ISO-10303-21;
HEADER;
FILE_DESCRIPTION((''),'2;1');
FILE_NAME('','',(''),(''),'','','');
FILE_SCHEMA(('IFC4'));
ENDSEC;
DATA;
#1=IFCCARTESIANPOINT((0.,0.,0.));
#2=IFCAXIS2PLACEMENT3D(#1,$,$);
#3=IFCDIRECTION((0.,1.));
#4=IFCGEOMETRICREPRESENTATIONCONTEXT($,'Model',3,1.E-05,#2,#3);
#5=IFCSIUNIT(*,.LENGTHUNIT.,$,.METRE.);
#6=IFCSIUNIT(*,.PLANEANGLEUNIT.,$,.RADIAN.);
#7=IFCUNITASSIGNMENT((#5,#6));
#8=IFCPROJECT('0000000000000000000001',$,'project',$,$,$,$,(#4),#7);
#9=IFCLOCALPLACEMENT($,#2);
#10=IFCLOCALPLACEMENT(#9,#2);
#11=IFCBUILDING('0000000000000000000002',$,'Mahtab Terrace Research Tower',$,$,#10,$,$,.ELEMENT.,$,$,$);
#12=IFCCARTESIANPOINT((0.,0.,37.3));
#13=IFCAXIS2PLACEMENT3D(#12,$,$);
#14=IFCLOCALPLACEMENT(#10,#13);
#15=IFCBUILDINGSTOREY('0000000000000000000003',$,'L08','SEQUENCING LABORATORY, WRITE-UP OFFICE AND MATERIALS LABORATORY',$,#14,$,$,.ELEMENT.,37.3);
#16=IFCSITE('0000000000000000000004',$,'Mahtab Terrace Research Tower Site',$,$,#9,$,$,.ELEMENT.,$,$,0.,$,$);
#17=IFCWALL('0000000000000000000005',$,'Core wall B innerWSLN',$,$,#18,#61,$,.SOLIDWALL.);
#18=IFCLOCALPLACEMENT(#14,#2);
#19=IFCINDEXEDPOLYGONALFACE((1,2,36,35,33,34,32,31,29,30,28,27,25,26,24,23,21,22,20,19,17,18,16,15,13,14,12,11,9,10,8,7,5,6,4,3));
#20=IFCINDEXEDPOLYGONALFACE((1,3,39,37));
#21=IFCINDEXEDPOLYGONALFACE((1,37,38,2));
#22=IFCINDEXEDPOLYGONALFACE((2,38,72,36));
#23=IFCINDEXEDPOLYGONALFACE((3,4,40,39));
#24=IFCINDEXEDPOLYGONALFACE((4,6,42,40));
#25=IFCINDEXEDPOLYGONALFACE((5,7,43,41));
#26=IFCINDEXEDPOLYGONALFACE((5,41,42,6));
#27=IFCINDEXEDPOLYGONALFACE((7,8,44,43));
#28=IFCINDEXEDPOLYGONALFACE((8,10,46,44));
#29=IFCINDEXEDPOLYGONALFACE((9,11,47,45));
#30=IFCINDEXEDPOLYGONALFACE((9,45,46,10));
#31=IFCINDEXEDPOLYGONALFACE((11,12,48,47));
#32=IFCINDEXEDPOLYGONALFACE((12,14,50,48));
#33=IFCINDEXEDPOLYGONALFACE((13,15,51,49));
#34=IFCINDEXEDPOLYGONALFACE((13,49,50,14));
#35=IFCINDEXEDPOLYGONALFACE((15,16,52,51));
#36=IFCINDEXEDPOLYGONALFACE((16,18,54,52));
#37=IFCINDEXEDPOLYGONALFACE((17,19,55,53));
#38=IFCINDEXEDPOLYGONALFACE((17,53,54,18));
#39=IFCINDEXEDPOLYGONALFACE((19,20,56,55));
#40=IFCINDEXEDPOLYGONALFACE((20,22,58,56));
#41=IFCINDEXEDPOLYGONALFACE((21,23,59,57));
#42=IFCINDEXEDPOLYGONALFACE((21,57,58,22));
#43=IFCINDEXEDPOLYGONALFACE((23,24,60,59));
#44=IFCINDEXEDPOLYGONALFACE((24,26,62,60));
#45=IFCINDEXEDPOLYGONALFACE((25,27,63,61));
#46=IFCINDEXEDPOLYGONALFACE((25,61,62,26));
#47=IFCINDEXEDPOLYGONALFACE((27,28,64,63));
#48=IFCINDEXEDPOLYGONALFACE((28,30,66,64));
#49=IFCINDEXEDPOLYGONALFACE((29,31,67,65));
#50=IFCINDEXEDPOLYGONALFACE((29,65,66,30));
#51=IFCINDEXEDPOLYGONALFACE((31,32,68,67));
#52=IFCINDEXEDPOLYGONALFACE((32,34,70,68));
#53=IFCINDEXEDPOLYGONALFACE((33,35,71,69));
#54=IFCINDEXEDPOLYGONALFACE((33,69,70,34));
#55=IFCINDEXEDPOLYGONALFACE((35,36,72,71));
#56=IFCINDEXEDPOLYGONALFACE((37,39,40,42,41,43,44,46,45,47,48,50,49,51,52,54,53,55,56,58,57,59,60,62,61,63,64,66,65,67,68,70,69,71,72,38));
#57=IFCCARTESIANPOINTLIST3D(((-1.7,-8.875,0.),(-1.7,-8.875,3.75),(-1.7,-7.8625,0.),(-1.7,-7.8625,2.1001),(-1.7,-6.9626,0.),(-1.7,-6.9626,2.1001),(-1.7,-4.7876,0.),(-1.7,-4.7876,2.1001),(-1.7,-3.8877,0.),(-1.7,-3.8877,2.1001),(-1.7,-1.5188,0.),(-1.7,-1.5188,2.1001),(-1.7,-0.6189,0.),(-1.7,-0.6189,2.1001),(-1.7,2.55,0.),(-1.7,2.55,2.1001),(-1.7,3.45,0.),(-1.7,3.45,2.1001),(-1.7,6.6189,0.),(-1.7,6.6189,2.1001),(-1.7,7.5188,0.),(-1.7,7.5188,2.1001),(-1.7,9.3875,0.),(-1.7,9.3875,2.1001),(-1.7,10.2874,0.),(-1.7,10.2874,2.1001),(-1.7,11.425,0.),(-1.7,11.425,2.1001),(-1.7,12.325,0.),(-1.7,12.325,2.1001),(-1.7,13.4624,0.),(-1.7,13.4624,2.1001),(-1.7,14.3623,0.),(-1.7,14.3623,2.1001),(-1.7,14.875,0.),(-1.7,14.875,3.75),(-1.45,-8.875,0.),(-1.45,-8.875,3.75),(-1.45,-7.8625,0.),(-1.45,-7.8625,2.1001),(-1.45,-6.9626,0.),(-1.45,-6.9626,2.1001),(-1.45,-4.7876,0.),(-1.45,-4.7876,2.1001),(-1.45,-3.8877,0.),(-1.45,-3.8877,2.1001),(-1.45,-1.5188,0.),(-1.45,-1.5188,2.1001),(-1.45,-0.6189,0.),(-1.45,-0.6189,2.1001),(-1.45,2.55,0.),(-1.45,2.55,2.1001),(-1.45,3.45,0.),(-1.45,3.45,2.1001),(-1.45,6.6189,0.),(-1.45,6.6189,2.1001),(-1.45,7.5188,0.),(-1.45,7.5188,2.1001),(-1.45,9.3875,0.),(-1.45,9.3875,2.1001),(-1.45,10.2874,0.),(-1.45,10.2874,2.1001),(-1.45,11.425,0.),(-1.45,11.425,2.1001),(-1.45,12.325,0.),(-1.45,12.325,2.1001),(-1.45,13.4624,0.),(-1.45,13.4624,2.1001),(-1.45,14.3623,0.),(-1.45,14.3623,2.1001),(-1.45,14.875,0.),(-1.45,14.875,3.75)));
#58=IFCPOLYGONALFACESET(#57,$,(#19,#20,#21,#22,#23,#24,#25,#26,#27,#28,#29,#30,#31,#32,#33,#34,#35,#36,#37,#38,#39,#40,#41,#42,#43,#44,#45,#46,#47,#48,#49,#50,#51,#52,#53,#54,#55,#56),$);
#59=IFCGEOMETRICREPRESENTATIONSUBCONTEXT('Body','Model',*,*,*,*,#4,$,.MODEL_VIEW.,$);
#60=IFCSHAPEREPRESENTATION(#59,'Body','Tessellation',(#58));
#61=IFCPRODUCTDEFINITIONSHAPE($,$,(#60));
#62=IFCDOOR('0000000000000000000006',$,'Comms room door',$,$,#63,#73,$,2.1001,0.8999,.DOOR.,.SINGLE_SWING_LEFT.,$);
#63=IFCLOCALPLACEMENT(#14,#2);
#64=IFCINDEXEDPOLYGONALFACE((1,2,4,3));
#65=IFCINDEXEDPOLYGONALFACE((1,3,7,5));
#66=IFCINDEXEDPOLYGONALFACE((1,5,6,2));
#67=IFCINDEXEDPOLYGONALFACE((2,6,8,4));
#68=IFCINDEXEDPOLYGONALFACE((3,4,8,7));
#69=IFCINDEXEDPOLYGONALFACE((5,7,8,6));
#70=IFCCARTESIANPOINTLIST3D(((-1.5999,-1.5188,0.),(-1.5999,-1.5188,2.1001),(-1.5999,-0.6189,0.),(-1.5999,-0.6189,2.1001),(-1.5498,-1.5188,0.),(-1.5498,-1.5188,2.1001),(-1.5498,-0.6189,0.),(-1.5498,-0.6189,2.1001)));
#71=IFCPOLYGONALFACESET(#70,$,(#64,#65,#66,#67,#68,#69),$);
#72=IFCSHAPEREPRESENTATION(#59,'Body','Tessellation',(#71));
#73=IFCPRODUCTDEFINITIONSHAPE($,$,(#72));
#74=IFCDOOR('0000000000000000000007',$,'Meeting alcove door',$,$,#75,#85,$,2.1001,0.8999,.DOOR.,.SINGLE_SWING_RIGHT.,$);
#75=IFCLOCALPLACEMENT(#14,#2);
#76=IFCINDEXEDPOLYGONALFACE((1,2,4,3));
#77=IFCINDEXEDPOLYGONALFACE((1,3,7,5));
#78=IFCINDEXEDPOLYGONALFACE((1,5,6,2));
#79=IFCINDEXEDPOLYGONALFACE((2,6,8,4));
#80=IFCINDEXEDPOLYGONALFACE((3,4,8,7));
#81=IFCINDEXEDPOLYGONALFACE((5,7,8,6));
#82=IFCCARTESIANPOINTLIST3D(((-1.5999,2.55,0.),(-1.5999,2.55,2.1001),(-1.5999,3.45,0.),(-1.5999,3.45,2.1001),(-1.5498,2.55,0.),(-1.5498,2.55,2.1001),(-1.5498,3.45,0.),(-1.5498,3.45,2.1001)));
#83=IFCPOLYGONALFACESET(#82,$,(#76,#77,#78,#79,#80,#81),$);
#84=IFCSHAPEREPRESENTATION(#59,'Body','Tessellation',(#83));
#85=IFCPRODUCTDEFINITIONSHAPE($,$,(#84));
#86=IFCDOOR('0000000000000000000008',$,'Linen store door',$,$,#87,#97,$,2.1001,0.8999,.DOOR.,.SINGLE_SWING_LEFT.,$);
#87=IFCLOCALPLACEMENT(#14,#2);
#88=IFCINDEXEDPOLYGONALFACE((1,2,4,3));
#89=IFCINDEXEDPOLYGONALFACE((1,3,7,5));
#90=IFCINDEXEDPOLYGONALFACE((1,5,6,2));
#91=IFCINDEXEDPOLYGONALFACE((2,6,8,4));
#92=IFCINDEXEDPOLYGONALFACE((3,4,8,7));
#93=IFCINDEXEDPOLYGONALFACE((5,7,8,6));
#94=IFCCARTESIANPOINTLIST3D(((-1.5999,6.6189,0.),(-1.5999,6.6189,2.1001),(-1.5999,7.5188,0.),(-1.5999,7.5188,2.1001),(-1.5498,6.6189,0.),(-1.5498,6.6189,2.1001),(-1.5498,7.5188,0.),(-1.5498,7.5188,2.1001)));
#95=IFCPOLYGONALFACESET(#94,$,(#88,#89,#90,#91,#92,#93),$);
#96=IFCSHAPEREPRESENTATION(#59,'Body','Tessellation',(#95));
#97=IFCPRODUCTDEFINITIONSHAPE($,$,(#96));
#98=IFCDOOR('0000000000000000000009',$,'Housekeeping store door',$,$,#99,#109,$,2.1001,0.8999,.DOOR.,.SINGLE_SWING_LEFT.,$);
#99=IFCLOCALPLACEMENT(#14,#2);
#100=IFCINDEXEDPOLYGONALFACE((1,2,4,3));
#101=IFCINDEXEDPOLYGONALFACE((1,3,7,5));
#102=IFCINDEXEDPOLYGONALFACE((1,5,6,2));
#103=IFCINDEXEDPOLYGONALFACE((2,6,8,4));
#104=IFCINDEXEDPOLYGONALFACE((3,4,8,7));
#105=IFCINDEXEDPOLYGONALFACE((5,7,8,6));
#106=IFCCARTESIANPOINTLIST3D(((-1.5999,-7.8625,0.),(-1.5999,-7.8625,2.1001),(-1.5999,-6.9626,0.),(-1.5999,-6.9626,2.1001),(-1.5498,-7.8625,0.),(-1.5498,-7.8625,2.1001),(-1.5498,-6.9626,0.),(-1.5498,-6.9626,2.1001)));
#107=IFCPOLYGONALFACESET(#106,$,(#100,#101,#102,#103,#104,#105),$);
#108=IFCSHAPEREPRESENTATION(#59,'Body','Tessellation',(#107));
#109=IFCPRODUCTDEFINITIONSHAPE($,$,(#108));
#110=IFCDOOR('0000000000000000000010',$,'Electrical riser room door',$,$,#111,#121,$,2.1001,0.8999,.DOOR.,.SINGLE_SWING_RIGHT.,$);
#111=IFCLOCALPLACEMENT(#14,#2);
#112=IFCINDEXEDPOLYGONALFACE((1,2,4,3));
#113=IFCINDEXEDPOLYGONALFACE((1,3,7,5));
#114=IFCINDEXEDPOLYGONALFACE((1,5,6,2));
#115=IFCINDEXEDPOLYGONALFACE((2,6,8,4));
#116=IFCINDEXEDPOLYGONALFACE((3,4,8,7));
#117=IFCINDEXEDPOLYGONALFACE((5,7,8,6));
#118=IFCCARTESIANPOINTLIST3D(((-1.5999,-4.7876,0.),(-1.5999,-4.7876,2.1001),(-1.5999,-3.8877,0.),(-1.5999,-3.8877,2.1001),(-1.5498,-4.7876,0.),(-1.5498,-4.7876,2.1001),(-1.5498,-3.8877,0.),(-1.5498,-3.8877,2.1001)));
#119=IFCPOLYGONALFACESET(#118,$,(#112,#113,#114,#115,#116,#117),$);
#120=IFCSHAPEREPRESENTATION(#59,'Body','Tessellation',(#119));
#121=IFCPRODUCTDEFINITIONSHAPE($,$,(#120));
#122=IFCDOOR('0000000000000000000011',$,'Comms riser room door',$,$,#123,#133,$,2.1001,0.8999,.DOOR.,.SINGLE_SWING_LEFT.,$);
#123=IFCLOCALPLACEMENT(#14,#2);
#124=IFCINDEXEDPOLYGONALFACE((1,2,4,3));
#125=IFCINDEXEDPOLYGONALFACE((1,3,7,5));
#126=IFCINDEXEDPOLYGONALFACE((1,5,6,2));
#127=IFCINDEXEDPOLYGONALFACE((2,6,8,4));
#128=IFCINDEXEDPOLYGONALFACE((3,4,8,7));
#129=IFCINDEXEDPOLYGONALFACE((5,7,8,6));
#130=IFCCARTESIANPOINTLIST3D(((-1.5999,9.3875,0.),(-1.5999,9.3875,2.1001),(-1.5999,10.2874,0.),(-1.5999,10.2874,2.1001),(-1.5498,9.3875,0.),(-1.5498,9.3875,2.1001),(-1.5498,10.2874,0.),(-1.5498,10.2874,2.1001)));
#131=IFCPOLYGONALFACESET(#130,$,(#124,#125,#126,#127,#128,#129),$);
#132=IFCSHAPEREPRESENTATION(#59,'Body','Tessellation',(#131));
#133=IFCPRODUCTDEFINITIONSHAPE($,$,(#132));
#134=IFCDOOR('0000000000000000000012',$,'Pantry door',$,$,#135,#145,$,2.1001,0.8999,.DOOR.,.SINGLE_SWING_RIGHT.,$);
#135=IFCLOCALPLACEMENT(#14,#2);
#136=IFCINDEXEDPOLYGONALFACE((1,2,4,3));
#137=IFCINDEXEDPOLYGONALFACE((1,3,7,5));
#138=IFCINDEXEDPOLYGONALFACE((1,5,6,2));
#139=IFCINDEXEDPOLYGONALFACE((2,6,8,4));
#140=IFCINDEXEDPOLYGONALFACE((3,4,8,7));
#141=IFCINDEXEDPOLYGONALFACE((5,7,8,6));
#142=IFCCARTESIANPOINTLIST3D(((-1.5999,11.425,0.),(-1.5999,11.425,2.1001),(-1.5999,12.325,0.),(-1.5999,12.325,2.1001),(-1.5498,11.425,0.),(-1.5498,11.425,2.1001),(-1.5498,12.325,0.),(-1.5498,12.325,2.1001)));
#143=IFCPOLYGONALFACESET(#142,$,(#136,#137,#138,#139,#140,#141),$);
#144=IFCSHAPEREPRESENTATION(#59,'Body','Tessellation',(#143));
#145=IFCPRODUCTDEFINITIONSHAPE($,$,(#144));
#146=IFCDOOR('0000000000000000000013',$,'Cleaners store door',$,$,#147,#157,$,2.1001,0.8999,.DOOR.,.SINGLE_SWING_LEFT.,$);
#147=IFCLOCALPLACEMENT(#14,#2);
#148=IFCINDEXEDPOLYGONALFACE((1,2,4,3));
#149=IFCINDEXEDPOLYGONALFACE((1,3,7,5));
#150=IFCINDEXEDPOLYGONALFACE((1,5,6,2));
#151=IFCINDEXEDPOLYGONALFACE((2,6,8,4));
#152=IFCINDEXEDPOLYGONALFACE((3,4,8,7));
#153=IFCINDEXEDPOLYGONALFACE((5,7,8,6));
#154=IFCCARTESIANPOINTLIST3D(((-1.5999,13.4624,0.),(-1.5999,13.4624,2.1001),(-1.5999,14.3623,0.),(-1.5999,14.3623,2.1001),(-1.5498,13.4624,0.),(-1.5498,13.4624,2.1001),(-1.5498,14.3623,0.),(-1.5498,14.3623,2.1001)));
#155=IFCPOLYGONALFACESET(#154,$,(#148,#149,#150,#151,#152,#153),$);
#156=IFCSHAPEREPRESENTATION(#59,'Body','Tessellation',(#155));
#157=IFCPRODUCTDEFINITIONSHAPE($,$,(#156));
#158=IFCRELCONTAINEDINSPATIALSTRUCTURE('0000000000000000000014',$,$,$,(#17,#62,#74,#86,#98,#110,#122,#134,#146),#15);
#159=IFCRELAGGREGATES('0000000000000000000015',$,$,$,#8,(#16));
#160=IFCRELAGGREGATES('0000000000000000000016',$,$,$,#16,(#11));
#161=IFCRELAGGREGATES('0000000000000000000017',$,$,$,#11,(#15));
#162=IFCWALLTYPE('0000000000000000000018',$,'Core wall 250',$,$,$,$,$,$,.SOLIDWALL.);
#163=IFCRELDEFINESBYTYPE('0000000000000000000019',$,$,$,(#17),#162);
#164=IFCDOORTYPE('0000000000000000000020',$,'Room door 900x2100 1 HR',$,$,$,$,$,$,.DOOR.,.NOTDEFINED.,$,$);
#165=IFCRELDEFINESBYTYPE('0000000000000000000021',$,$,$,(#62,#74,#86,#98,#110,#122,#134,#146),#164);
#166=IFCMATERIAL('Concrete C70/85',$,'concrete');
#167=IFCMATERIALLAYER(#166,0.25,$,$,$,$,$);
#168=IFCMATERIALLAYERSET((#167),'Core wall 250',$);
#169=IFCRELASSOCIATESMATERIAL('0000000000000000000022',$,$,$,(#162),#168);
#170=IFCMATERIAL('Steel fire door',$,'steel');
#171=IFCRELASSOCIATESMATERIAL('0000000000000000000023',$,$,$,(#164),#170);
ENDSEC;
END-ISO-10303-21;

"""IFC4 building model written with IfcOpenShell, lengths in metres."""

from ifc_helpers import new_model, si_unit, direction, frame, frame_2d, origin, place, context, subcontext, project, spatial, rectangle, extrude, material, layer, layer_set, type_object, element, fill, save


model = new_model("IFC4")

# Units and contexts
model_context = context("Model", 3, precision=1e-05, world=origin(), true_north=direction((0.0, 1.0)))
body_context = subcontext(model_context, "Body", "Model", "MODEL_VIEW")
ifc_project = project(units=[si_unit("LENGTHUNIT", "METRE"), si_unit("PLANEANGLEUNIT", "RADIAN")], contexts=[model_context])

# Site, building, storey
site_placement = place(None, origin())
site = spatial("IfcSite", under=ifc_project, at=site_placement, Name="Mahtab Terrace Research Tower Site", CompositionType="ELEMENT", RefElevation=0.0)
building_placement = place(site_placement, origin())
building = spatial("IfcBuilding", under=site, at=building_placement, Name="Mahtab Terrace Research Tower", CompositionType="ELEMENT")
storey_placement = place(building_placement, frame((0.0, 0.0, 37.3)))
storey = spatial("IfcBuildingStorey", under=building, at=storey_placement, Name="L08", Description="SEQUENCING LABORATORY, WRITE-UP OFFICE AND MATERIALS LABORATORY", CompositionType="ELEMENT", Elevation=37.3)

# Shared definitions
ifc_material_1 = material(Name="Concrete C70/85", Category="concrete")

# Wall, openings, doors
ifc_layer_1 = layer(ifc_material_1, 0.25)
ifc_layer_set_1 = layer_set([ifc_layer_1], Name="Core wall 250")
wall_type_1 = type_object("IfcWallType", Name="Core wall 250", PredefinedType="SOLIDWALL", material=ifc_layer_set_1)
wall_1_placement = place(storey_placement, frame((-1.575, -8.875, 0.0), z_axis=(0.0, 0.0, 1.0), x_axis=(0.0, 1.0, 0.0)))
wall_1 = element("IfcWall", 1, at=wall_1_placement, inside=storey, type_object=wall_type_1, Name="Core wall B innerWSLN", PredefinedType="SOLIDWALL", context=body_context, shape_type="SweptSolid", body=[
    extrude(rectangle(XDim=23.75, YDim=0.25, at=frame_2d((11.875, 0.0))), origin(), (0.0, 0.0, 1.0), 3.75),
])
opening_1_placement = place(wall_1_placement, frame((7.3562, 0.0, 0.0)))
opening_1 = element("IfcOpeningElement", 2, at=opening_1_placement, cuts=wall_1, PredefinedType="OPENING", context=body_context, shape_type="SweptSolid", body=[
    extrude(rectangle(XDim=0.8999, YDim=2.1001, at=frame_2d((0.45, 1.05))), frame((0.0, 0.135, 0.0), z_axis=(0.0, -1.0, 0.0), x_axis=(1.0, 0.0, 0.0)), (0.0, 0.0, 1.0), 0.27),
])
opening_2_placement = place(wall_1_placement, frame((11.425, 0.0, 0.0)))
opening_2 = element("IfcOpeningElement", 3, at=opening_2_placement, cuts=wall_1, PredefinedType="OPENING", context=body_context, shape_type="SweptSolid", body=[
    extrude(rectangle(XDim=0.8999, YDim=2.1001, at=frame_2d((0.45, 1.05))), frame((0.0, 0.135, 0.0), z_axis=(0.0, -1.0, 0.0), x_axis=(1.0, 0.0, 0.0)), (0.0, 0.0, 1.0), 0.27),
])
opening_3_placement = place(wall_1_placement, frame((15.4939, 0.0, 0.0)))
opening_3 = element("IfcOpeningElement", 4, at=opening_3_placement, cuts=wall_1, PredefinedType="OPENING", context=body_context, shape_type="SweptSolid", body=[
    extrude(rectangle(XDim=0.8999, YDim=2.1001, at=frame_2d((0.45, 1.05))), frame((0.0, 0.135, 0.0), z_axis=(0.0, -1.0, 0.0), x_axis=(1.0, 0.0, 0.0)), (0.0, 0.0, 1.0), 0.27),
])
opening_4_placement = place(wall_1_placement, frame((1.0125, 0.0, 0.0)))
opening_4 = element("IfcOpeningElement", 5, at=opening_4_placement, cuts=wall_1, PredefinedType="OPENING", context=body_context, shape_type="SweptSolid", body=[
    extrude(rectangle(XDim=0.8999, YDim=2.1001, at=frame_2d((0.45, 1.05))), frame((0.0, 0.135, 0.0), z_axis=(0.0, -1.0, 0.0), x_axis=(1.0, 0.0, 0.0)), (0.0, 0.0, 1.0), 0.27),
])
opening_5_placement = place(wall_1_placement, frame((4.0874, 0.0, 0.0)))
opening_5 = element("IfcOpeningElement", 6, at=opening_5_placement, cuts=wall_1, PredefinedType="OPENING", context=body_context, shape_type="SweptSolid", body=[
    extrude(rectangle(XDim=0.8999, YDim=2.1001, at=frame_2d((0.45, 1.05))), frame((0.0, 0.135, 0.0), z_axis=(0.0, -1.0, 0.0), x_axis=(1.0, 0.0, 0.0)), (0.0, 0.0, 1.0), 0.27),
])
opening_6_placement = place(wall_1_placement, frame((18.2625, 0.0, 0.0)))
opening_6 = element("IfcOpeningElement", 7, at=opening_6_placement, cuts=wall_1, PredefinedType="OPENING", context=body_context, shape_type="SweptSolid", body=[
    extrude(rectangle(XDim=0.8999, YDim=2.1001, at=frame_2d((0.45, 1.05))), frame((0.0, 0.135, 0.0), z_axis=(0.0, -1.0, 0.0), x_axis=(1.0, 0.0, 0.0)), (0.0, 0.0, 1.0), 0.27),
])
opening_7_placement = place(wall_1_placement, frame((20.3, 0.0, 0.0)))
opening_7 = element("IfcOpeningElement", 8, at=opening_7_placement, cuts=wall_1, PredefinedType="OPENING", context=body_context, shape_type="SweptSolid", body=[
    extrude(rectangle(XDim=0.8999, YDim=2.1001, at=frame_2d((0.45, 1.05))), frame((0.0, 0.135, 0.0), z_axis=(0.0, -1.0, 0.0), x_axis=(1.0, 0.0, 0.0)), (0.0, 0.0, 1.0), 0.27),
])
opening_8_placement = place(wall_1_placement, frame((22.3374, 0.0, 0.0)))
opening_8 = element("IfcOpeningElement", 9, at=opening_8_placement, cuts=wall_1, PredefinedType="OPENING", context=body_context, shape_type="SweptSolid", body=[
    extrude(rectangle(XDim=0.8999, YDim=2.1001, at=frame_2d((0.45, 1.05))), frame((0.0, 0.135, 0.0), z_axis=(0.0, -1.0, 0.0), x_axis=(1.0, 0.0, 0.0)), (0.0, 0.0, 1.0), 0.27),
])
ifc_material_2 = material(Name="Steel fire door", Category="steel")
door_type_1 = type_object("IfcDoorType", Name="Room door 900x2100 1 HR", OperationType="NOTDEFINED", PredefinedType="DOOR", material=ifc_material_2)
door_1_placement = place(opening_1_placement, origin())
door_1 = element("IfcDoor", 10, at=door_1_placement, inside=storey, type_object=door_type_1, Name="Comms room door", OperationType="SINGLE_SWING_LEFT", OverallHeight=2.1001, OverallWidth=0.8999, PredefinedType="DOOR", context=body_context, shape_type="SweptSolid", body=[
    extrude(rectangle(XDim=0.8999, YDim=2.1001, at=frame_2d((0.45, 1.05))), frame((0.0, 0.0249, 0.0), z_axis=(0.0, -1.0, 0.0), x_axis=(1.0, 0.0, 0.0)), (0.0, 0.0, 1.0), 0.05),
])
fill(opening_1, door_1)
door_2_placement = place(opening_2_placement, origin())
door_2 = element("IfcDoor", 11, at=door_2_placement, inside=storey, type_object=door_type_1, Name="Meeting alcove door", OperationType="SINGLE_SWING_RIGHT", OverallHeight=2.1001, OverallWidth=0.8999, PredefinedType="DOOR", context=body_context, shape_type="SweptSolid", body=[
    extrude(rectangle(XDim=0.8999, YDim=2.1001, at=frame_2d((0.45, 1.05))), frame((0.0, 0.0249, 0.0), z_axis=(0.0, -1.0, 0.0), x_axis=(1.0, 0.0, 0.0)), (0.0, 0.0, 1.0), 0.05),
])
fill(opening_2, door_2)
door_3_placement = place(opening_3_placement, origin())
door_3 = element("IfcDoor", 12, at=door_3_placement, inside=storey, type_object=door_type_1, Name="Linen store door", OperationType="SINGLE_SWING_LEFT", OverallHeight=2.1001, OverallWidth=0.8999, PredefinedType="DOOR", context=body_context, shape_type="SweptSolid", body=[
    extrude(rectangle(XDim=0.8999, YDim=2.1001, at=frame_2d((0.45, 1.05))), frame((0.0, 0.0249, 0.0), z_axis=(0.0, -1.0, 0.0), x_axis=(1.0, 0.0, 0.0)), (0.0, 0.0, 1.0), 0.05),
])
fill(opening_3, door_3)
door_4_placement = place(opening_4_placement, origin())
door_4 = element("IfcDoor", 13, at=door_4_placement, inside=storey, type_object=door_type_1, Name="Housekeeping store door", OperationType="SINGLE_SWING_LEFT", OverallHeight=2.1001, OverallWidth=0.8999, PredefinedType="DOOR", context=body_context, shape_type="SweptSolid", body=[
    extrude(rectangle(XDim=0.8999, YDim=2.1001, at=frame_2d((0.45, 1.05))), frame((0.0, 0.0249, 0.0), z_axis=(0.0, -1.0, 0.0), x_axis=(1.0, 0.0, 0.0)), (0.0, 0.0, 1.0), 0.05),
])
fill(opening_4, door_4)
door_5_placement = place(opening_5_placement, origin())
door_5 = element("IfcDoor", 14, at=door_5_placement, inside=storey, type_object=door_type_1, Name="Electrical riser room door", OperationType="SINGLE_SWING_RIGHT", OverallHeight=2.1001, OverallWidth=0.8999, PredefinedType="DOOR", context=body_context, shape_type="SweptSolid", body=[
    extrude(rectangle(XDim=0.8999, YDim=2.1001, at=frame_2d((0.45, 1.05))), frame((0.0, 0.0249, 0.0), z_axis=(0.0, -1.0, 0.0), x_axis=(1.0, 0.0, 0.0)), (0.0, 0.0, 1.0), 0.05),
])
fill(opening_5, door_5)
door_6_placement = place(opening_6_placement, origin())
door_6 = element("IfcDoor", 15, at=door_6_placement, inside=storey, type_object=door_type_1, Name="Comms riser room door", OperationType="SINGLE_SWING_LEFT", OverallHeight=2.1001, OverallWidth=0.8999, PredefinedType="DOOR", context=body_context, shape_type="SweptSolid", body=[
    extrude(rectangle(XDim=0.8999, YDim=2.1001, at=frame_2d((0.45, 1.05))), frame((0.0, 0.0249, 0.0), z_axis=(0.0, -1.0, 0.0), x_axis=(1.0, 0.0, 0.0)), (0.0, 0.0, 1.0), 0.05),
])
fill(opening_6, door_6)
door_7_placement = place(opening_7_placement, origin())
door_7 = element("IfcDoor", 16, at=door_7_placement, inside=storey, type_object=door_type_1, Name="Pantry door", OperationType="SINGLE_SWING_RIGHT", OverallHeight=2.1001, OverallWidth=0.8999, PredefinedType="DOOR", context=body_context, shape_type="SweptSolid", body=[
    extrude(rectangle(XDim=0.8999, YDim=2.1001, at=frame_2d((0.45, 1.05))), frame((0.0, 0.0249, 0.0), z_axis=(0.0, -1.0, 0.0), x_axis=(1.0, 0.0, 0.0)), (0.0, 0.0, 1.0), 0.05),
])
fill(opening_7, door_7)
door_8_placement = place(opening_8_placement, origin())
door_8 = element("IfcDoor", 17, at=door_8_placement, inside=storey, type_object=door_type_1, Name="Cleaners store door", OperationType="SINGLE_SWING_LEFT", OverallHeight=2.1001, OverallWidth=0.8999, PredefinedType="DOOR", context=body_context, shape_type="SweptSolid", body=[
    extrude(rectangle(XDim=0.8999, YDim=2.1001, at=frame_2d((0.45, 1.05))), frame((0.0, 0.0249, 0.0), z_axis=(0.0, -1.0, 0.0), x_axis=(1.0, 0.0, 0.0)), (0.0, 0.0, 1.0), 0.05),
])
fill(opening_8, door_8)

save(model, "model.ifc")
